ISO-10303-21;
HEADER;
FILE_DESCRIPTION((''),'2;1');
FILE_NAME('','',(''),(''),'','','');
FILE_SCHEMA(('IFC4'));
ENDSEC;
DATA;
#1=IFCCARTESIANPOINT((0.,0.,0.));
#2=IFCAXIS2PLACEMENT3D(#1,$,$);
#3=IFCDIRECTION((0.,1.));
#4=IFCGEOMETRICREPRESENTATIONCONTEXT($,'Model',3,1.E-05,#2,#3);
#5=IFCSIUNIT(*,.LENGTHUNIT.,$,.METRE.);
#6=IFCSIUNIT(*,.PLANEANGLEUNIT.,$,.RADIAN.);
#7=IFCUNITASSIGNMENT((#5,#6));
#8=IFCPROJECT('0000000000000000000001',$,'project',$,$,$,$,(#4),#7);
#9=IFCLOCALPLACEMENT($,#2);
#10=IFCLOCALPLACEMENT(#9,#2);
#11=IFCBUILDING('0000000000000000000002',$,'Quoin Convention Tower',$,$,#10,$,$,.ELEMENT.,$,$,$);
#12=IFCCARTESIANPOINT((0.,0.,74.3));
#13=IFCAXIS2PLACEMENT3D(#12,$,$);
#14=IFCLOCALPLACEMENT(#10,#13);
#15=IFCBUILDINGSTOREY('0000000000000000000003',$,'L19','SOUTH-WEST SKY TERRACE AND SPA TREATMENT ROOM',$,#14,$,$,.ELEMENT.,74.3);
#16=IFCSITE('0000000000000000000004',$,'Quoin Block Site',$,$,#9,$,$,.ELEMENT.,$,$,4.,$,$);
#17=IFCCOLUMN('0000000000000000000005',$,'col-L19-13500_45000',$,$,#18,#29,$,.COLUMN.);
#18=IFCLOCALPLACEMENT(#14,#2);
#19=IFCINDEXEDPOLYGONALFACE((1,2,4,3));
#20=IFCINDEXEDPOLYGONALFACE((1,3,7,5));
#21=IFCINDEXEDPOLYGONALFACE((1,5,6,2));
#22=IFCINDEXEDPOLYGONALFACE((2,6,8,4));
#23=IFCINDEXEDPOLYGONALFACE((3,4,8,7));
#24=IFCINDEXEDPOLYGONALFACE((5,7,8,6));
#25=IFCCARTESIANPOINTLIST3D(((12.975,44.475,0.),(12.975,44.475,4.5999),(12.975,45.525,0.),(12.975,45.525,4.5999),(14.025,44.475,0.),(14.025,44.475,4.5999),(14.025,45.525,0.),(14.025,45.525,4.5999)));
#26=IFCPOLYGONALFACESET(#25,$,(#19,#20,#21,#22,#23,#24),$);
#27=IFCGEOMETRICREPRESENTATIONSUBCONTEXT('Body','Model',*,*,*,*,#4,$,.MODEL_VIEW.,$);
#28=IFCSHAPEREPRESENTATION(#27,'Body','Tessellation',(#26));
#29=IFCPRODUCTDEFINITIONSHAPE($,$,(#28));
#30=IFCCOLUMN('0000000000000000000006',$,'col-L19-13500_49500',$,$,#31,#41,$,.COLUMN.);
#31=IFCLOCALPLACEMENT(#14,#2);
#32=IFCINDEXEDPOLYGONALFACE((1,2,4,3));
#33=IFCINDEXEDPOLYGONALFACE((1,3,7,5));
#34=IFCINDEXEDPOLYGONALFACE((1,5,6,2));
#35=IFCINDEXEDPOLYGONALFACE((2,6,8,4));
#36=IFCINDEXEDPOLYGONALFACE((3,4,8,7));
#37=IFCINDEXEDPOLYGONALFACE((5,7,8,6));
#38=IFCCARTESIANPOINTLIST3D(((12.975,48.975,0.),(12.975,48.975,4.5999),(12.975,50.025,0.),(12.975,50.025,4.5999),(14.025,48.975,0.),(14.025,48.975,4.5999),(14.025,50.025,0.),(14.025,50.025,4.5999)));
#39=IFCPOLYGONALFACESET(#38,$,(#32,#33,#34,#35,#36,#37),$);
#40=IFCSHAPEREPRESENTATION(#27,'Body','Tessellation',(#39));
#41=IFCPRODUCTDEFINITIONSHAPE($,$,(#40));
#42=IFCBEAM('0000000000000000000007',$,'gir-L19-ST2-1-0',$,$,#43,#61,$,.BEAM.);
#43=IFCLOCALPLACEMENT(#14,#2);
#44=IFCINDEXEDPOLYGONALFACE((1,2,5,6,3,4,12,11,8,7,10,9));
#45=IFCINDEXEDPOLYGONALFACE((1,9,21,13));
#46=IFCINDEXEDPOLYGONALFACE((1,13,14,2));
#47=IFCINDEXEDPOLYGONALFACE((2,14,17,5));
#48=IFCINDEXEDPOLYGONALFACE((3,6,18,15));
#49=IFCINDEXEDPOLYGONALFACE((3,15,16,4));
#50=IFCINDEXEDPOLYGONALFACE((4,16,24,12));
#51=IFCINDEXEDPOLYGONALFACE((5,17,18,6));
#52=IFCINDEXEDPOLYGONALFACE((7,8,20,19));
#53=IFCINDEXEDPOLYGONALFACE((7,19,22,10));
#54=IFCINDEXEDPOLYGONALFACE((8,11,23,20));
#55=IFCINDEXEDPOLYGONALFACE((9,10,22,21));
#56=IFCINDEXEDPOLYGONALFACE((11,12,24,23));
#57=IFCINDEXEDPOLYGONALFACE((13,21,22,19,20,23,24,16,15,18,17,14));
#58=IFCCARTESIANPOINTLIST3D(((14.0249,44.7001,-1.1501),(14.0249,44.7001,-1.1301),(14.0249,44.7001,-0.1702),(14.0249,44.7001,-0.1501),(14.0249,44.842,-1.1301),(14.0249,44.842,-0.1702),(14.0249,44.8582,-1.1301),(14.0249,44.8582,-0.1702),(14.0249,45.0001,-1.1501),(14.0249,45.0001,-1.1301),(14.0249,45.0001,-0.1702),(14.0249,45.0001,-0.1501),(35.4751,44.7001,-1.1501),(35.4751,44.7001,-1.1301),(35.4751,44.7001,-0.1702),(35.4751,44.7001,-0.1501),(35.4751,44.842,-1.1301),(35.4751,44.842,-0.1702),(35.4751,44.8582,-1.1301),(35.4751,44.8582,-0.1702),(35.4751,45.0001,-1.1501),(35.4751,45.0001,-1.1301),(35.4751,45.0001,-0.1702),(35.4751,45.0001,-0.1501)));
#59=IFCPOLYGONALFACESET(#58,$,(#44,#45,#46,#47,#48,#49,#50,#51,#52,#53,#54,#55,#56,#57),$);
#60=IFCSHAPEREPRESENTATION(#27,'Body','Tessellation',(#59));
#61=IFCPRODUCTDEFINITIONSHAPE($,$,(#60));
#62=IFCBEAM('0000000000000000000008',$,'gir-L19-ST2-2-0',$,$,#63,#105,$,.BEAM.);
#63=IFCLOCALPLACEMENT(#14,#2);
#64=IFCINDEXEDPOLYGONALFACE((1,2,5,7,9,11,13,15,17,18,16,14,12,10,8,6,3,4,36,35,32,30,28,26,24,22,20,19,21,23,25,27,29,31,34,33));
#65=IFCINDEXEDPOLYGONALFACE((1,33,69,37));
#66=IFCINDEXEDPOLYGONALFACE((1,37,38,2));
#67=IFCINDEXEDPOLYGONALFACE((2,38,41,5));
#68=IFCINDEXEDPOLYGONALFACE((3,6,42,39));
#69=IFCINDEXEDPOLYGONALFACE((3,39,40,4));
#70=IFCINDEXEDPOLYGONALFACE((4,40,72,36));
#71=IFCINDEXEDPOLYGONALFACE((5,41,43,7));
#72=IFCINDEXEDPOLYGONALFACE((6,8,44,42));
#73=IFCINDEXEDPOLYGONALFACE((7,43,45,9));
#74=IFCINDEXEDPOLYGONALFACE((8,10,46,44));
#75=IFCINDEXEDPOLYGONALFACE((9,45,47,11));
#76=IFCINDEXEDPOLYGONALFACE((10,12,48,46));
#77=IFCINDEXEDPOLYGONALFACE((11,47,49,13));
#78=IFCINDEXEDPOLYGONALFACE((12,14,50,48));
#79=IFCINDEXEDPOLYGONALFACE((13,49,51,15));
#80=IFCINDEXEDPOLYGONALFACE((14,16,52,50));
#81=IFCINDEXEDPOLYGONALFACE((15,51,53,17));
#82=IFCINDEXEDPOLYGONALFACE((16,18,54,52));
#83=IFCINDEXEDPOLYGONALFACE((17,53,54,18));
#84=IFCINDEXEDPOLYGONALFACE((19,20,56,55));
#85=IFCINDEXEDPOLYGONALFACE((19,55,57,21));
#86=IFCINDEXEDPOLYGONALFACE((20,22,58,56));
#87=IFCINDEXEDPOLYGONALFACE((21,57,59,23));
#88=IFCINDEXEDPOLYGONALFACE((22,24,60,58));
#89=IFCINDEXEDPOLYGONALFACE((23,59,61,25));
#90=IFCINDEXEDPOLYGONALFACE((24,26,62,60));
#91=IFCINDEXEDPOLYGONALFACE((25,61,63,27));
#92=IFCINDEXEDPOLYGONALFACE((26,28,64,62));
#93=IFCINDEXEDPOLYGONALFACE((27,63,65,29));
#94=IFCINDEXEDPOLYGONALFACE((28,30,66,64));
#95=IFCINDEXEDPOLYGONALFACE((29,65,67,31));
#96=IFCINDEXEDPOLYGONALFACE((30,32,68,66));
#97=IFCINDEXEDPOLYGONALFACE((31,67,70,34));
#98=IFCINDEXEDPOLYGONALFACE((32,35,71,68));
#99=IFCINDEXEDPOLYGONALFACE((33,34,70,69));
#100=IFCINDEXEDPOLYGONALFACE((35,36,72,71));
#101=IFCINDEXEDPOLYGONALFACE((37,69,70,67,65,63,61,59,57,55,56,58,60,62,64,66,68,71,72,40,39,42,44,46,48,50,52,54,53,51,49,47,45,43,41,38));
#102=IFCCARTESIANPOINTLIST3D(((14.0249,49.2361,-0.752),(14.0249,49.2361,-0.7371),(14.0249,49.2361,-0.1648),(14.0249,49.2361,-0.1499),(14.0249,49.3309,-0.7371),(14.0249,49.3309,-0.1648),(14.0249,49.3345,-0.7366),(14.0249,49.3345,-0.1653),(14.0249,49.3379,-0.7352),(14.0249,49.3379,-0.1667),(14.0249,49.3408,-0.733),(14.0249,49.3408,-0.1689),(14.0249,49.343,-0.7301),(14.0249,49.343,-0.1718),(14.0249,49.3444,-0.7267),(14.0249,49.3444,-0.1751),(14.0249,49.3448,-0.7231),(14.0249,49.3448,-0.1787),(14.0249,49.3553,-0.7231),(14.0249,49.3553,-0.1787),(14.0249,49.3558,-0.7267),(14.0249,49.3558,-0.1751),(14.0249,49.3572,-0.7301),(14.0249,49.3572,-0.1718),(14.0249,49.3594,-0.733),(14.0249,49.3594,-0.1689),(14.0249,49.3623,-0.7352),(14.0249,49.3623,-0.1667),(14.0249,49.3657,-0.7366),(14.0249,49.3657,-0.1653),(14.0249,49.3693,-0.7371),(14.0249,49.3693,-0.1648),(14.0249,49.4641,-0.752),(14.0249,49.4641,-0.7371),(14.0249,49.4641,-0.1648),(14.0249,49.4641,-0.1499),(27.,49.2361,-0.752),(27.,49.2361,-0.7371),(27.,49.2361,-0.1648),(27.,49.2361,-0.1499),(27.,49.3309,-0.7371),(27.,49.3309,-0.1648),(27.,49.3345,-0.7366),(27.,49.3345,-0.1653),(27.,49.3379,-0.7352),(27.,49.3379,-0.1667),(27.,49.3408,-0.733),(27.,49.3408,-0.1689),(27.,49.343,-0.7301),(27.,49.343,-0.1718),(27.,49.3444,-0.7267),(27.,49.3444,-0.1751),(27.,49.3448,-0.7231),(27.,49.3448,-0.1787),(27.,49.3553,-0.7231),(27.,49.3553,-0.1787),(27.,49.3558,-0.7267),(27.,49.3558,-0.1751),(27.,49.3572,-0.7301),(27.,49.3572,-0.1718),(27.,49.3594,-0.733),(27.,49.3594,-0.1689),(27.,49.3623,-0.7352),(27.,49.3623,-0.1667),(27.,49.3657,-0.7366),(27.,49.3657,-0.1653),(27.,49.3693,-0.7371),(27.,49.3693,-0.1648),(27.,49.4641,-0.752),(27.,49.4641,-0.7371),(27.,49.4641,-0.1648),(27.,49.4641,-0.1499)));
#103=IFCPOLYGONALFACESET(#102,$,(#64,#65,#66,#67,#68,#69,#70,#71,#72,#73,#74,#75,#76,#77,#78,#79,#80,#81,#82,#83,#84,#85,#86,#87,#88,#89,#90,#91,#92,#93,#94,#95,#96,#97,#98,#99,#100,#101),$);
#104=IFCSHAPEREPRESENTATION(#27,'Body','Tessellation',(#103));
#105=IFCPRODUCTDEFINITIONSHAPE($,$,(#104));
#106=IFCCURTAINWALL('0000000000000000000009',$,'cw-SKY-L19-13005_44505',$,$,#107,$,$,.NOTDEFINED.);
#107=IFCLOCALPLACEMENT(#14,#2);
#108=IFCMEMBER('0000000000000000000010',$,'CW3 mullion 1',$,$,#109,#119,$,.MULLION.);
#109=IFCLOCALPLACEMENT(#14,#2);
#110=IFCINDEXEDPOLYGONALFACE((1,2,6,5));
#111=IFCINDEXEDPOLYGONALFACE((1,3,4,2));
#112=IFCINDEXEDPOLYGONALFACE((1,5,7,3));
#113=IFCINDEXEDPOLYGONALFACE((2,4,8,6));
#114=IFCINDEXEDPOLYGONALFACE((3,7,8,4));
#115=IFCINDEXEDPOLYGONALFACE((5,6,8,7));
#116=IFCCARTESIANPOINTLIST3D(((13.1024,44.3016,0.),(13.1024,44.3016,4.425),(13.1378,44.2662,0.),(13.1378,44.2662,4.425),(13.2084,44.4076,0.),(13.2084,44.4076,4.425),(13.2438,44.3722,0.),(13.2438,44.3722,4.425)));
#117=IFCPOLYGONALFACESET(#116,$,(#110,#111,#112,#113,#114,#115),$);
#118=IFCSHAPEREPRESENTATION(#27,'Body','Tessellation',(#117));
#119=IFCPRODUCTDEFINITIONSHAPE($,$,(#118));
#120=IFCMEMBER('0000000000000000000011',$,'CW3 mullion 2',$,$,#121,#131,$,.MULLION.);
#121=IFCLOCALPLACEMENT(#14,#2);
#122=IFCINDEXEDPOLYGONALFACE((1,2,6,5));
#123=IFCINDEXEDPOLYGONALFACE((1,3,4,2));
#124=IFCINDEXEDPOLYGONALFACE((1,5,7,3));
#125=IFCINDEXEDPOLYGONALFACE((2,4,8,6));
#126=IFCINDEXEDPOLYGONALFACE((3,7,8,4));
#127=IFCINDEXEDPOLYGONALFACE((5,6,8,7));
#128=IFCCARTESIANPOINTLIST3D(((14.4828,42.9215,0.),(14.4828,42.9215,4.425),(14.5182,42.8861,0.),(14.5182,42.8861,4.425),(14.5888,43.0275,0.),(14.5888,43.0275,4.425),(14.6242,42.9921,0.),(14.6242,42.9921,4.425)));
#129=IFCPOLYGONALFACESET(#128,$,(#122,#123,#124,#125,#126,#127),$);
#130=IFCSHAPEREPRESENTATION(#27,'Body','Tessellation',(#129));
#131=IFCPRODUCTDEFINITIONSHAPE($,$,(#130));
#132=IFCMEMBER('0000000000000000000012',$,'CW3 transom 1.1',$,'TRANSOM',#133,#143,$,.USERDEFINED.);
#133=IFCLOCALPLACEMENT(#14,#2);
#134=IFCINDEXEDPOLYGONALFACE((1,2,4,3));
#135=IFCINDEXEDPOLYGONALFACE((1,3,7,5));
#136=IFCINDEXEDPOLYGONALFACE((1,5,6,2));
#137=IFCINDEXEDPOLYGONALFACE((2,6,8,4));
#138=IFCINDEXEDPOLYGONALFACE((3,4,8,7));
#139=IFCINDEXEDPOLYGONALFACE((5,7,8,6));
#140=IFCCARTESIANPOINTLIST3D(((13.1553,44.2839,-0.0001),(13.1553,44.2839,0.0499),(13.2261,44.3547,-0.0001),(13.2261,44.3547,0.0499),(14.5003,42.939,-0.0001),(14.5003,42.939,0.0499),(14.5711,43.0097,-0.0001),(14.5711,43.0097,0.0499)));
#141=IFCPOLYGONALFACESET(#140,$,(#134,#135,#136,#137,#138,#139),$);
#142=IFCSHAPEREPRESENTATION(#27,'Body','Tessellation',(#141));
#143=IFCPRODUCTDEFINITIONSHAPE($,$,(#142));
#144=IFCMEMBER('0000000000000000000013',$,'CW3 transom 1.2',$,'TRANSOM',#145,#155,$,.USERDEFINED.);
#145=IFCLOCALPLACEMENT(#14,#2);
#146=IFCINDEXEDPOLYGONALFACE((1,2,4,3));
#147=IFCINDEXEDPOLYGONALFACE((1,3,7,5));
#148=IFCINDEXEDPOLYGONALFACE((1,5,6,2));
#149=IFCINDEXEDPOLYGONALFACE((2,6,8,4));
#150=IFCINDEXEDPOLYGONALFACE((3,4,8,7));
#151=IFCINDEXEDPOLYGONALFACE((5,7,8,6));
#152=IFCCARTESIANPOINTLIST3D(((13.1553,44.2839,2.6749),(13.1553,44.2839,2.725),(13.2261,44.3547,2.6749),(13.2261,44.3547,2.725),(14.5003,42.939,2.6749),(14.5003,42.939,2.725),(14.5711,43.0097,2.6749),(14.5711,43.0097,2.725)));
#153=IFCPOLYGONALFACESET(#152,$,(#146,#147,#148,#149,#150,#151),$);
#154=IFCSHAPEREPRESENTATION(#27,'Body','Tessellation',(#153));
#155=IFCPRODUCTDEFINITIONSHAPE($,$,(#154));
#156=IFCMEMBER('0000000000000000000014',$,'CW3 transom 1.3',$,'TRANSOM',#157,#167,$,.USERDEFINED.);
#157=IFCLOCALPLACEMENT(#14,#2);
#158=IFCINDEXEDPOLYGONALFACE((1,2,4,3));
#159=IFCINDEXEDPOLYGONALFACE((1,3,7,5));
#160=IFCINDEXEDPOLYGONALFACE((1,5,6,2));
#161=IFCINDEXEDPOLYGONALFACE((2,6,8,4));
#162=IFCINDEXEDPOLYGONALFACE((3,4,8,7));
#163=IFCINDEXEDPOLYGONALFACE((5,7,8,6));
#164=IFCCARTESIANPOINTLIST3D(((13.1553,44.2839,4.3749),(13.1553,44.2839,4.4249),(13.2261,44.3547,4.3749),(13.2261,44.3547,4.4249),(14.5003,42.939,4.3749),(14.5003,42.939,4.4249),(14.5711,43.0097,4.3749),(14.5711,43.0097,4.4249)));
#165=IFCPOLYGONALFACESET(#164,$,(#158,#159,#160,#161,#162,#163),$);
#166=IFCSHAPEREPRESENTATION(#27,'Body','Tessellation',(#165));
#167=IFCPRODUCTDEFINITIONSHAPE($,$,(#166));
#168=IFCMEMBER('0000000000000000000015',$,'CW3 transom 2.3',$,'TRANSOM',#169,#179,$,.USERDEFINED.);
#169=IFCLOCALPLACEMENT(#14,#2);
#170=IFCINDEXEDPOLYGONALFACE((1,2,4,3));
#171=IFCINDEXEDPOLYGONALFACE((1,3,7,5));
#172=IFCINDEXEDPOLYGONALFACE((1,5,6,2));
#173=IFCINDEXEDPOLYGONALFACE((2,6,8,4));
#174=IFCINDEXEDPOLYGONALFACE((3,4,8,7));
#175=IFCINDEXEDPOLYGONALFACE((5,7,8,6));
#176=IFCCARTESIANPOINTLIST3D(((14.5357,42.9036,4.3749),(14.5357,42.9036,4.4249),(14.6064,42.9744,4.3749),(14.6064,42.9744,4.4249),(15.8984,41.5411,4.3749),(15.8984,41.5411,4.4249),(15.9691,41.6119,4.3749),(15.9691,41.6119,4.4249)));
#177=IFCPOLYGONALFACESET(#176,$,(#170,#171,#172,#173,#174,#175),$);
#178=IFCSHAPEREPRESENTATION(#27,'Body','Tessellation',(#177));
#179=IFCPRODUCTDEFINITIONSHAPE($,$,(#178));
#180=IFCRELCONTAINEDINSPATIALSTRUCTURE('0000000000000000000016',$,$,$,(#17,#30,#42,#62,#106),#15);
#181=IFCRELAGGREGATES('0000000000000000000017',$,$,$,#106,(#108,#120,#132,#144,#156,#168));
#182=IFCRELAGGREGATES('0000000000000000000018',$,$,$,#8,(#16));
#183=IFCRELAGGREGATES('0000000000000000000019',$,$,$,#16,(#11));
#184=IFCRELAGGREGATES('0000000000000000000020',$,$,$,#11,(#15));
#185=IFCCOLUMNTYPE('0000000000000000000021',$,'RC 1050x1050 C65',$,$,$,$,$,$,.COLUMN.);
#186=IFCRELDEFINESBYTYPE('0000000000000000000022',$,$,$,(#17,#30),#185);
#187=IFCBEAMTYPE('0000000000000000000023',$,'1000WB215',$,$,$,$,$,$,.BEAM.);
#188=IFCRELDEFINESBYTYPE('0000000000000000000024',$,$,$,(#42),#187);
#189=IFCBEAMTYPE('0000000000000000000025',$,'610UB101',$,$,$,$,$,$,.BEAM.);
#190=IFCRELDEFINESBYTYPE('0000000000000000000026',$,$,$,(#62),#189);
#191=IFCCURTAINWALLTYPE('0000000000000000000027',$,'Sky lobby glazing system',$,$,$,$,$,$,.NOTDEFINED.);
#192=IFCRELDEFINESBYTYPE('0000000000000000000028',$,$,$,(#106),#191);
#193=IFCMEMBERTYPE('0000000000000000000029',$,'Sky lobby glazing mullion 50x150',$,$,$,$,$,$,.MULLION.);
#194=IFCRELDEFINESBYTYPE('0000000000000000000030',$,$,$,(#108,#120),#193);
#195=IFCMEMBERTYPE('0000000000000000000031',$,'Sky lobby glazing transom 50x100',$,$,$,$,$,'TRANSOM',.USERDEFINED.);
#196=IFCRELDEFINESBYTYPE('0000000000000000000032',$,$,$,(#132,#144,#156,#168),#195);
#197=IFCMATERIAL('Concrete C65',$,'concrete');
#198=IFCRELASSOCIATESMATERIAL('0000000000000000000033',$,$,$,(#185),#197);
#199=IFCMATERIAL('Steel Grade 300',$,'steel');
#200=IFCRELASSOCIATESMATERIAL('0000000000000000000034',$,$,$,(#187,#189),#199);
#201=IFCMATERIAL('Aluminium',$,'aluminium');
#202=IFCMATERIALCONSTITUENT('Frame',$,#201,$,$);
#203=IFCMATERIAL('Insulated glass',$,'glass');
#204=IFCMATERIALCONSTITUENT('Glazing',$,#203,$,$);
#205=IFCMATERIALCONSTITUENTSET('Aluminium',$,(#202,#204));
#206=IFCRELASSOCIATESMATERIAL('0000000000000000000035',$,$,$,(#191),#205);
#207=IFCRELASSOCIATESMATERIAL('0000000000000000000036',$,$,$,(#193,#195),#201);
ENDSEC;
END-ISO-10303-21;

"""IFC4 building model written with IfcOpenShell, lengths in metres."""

from ifc_helpers import new_model, si_unit, direction, frame, origin, origin_2d, place, context, subcontext, project, spatial, rectangle, i_section, extrude, material, constituent, constituent_set, material_profile, profile_set, type_object, element, aggregate, save


model = new_model("IFC4")

# Units and contexts
model_context = context("Model", 3, precision=1e-05, world=origin(), true_north=direction((0.0, 1.0)))
body_context = subcontext(model_context, "Body", "Model", "MODEL_VIEW")
ifc_project = project(units=[si_unit("LENGTHUNIT", "METRE"), si_unit("PLANEANGLEUNIT", "RADIAN")], contexts=[model_context])

# Site, building, storey
site_placement = place(None, origin())
site = spatial("IfcSite", under=ifc_project, at=site_placement, Name="Quoin Block Site", CompositionType="ELEMENT", RefElevation=4.0)
building_placement = place(site_placement, origin())
building = spatial("IfcBuilding", under=site, at=building_placement, Name="Quoin Convention Tower", CompositionType="ELEMENT")
storey_placement = place(building_placement, frame((0.0, 0.0, 74.3)))
storey = spatial("IfcBuildingStorey", under=building, at=storey_placement, Name="L19", Description="SOUTH-WEST SKY TERRACE AND SPA TREATMENT ROOM", CompositionType="ELEMENT", Elevation=74.3)

# Columns
ifc_material_1 = material(Name="Concrete C65", Category="concrete")
ifc_material_profile_1 = material_profile(ifc_material_1, rectangle(XDim=1.05, YDim=1.05, at=origin_2d()), Name="RC 1050x1050")
ifc_profile_set_1 = profile_set([ifc_material_profile_1], Name="Concrete C65")
column_type = type_object("IfcColumnType", Name="RC 1050x1050 C65", PredefinedType="COLUMN", material=ifc_profile_set_1)
for number, where, z_axis, x_axis, name in (
    (1, (13.5, 45.0, 0.0), (0.0, 0.0, 1.0), (1.0, 0.0, 0.0), "col-L19-13500_45000"),
    (2, (13.5, 49.5, 0.0), (0.0, 0.0, 1.0), (1.0, 0.0, 0.0), "col-L19-13500_49500"),
):
    element("IfcColumn", number, at=place(storey_placement, frame(where, z_axis=z_axis, x_axis=x_axis)), inside=storey, type_object=column_type, Name=name, PredefinedType="COLUMN", context=body_context, shape_type="SweptSolid", body=[
        extrude(rectangle(XDim=1.05, YDim=1.05, at=origin_2d()), origin(), (0.0, 0.0, 1.0), 4.5999),
    ])

# Beams
ifc_material_2 = material(Name="Steel Grade 300", Category="steel")
ifc_material_profile_2 = material_profile(ifc_material_2, i_section(OverallWidth=0.3, OverallDepth=1.0, WebThickness=0.0161, FlangeThickness=0.02, at=origin_2d()), Name="1000WB215")
ifc_profile_set_2 = profile_set([ifc_material_profile_2], Name="Steel Grade 300")
beam_type_1 = type_object("IfcBeamType", Name="1000WB215", PredefinedType="BEAM", material=ifc_profile_set_2)
beam_1_placement = place(storey_placement, frame((14.0249, 44.8501, -0.6501), z_axis=(1.0, 0.0, 0.0), x_axis=(0.0, 1.0, 0.0)))
element("IfcBeam", 3, at=beam_1_placement, inside=storey, type_object=beam_type_1, Name="gir-L19-ST2-1-0", PredefinedType="BEAM", context=body_context, shape_type="SweptSolid", body=[
    extrude(i_section(OverallWidth=0.3, OverallDepth=1.0, WebThickness=0.0161, FlangeThickness=0.02, at=origin_2d()), origin(), (0.0, 0.0, 1.0), 21.4502),
])
ifc_material_profile_3 = material_profile(ifc_material_2, i_section(OverallWidth=0.228, OverallDepth=0.6021, WebThickness=0.0105, FlangeThickness=0.0149, FilletRadius=0.0139, at=origin_2d()), Name="610UB101")
ifc_profile_set_3 = profile_set([ifc_material_profile_3], Name="Steel Grade 300")
beam_type_2 = type_object("IfcBeamType", Name="610UB101", PredefinedType="BEAM", material=ifc_profile_set_3)
beam_2_placement = place(storey_placement, frame((14.0249, 49.3501, -0.4509), z_axis=(1.0, 0.0, 0.0), x_axis=(0.0, 1.0, 0.0)))
element("IfcBeam", 4, at=beam_2_placement, inside=storey, type_object=beam_type_2, Name="gir-L19-ST2-2-0", PredefinedType="BEAM", context=body_context, shape_type="SweptSolid", body=[
    extrude(i_section(OverallWidth=0.228, OverallDepth=0.6021, WebThickness=0.0105, FlangeThickness=0.0149, FilletRadius=0.0139, at=origin_2d()), origin(), (0.0, 0.0, 1.0), 12.9751),
])

# Curtain wall, members
ifc_material_3 = material(Name="Aluminium", Category="aluminium")
ifc_constituent_1 = constituent(ifc_material_3, Name="Frame")
ifc_material_4 = material(Name="Insulated glass", Category="glass")
ifc_constituent_2 = constituent(ifc_material_4, Name="Glazing")
ifc_constituent_set = constituent_set(constituents=[ifc_constituent_1, ifc_constituent_2], Name="Aluminium")
curtain_wall_type = type_object("IfcCurtainWallType", Name="Sky lobby glazing system", PredefinedType="NOTDEFINED", material=ifc_constituent_set)
curtain_wall_placement = place(storey_placement, origin())
curtain_wall = element("IfcCurtainWall", 5, at=curtain_wall_placement, inside=storey, type_object=curtain_wall_type, Name="cw-SKY-L19-13005_44505", PredefinedType="NOTDEFINED")
ifc_material_profile_4 = material_profile(ifc_material_3, rectangle(XDim=0.1499, YDim=0.05, at=origin_2d()), Name="Sky lobby glazing mullion 50x150")
ifc_profile_set_4 = profile_set([ifc_material_profile_4], Name="Aluminium")
member_type_1 = type_object("IfcMemberType", Name="Sky lobby glazing mullion 50x150", PredefinedType="MULLION", material=ifc_profile_set_4)
member_1_placement = place(storey_placement, frame((13.1731, 44.3369, 0.0), z_axis=(0.0, 0.0, 1.0), x_axis=(0.707098, 0.707115, 0.0)))
member_1 = element("IfcMember", 6, at=member_1_placement, type_object=member_type_1, Name="CW3 mullion 1", PredefinedType="MULLION", context=body_context, shape_type="SweptSolid", body=[
    extrude(rectangle(XDim=0.1499, YDim=0.05, at=origin_2d()), origin(), (0.0, 0.0, 1.0), 4.425),
])
member_2_placement = place(storey_placement, frame((14.5535, 42.9568, 0.0), z_axis=(0.0, 0.0, 1.0), x_axis=(0.707098, 0.707115, 0.0)))
member_2 = element("IfcMember", 7, at=member_2_placement, type_object=member_type_1, Name="CW3 mullion 2", PredefinedType="MULLION", context=body_context, shape_type="SweptSolid", body=[
    extrude(rectangle(XDim=0.1499, YDim=0.05, at=origin_2d()), origin(), (0.0, 0.0, 1.0), 4.425),
])
ifc_material_profile_5 = material_profile(ifc_material_3, rectangle(XDim=0.1001, YDim=0.05, at=origin_2d()), Name="Sky lobby glazing transom 50x100")
ifc_profile_set_5 = profile_set([ifc_material_profile_5], Name="Aluminium")
member_type_2 = type_object("IfcMemberType", Name="Sky lobby glazing transom 50x100", ElementType="TRANSOM", PredefinedType="USERDEFINED", material=ifc_profile_set_5)
member_3_placement = place(storey_placement, frame((13.1907, 44.3193, 0.0249), z_axis=(0.707107, -0.707107, 0.0), x_axis=(0.707107, 0.707107, 0.0)))
member_3 = element("IfcMember", 8, at=member_3_placement, type_object=member_type_2, Name="CW3 transom 1.1", ObjectType="TRANSOM", PredefinedType="USERDEFINED", context=body_context, shape_type="SweptSolid", body=[
    extrude(rectangle(XDim=0.1001, YDim=0.05, at=origin_2d()), origin(), (0.0, 0.0, 1.0), 1.9021),
])
member_4_placement = place(storey_placement, frame((13.1907, 44.3193, 2.7), z_axis=(0.707107, -0.707107, 0.0), x_axis=(0.707107, 0.707107, 0.0)))
member_4 = element("IfcMember", 9, at=member_4_placement, type_object=member_type_2, Name="CW3 transom 1.2", ObjectType="TRANSOM", PredefinedType="USERDEFINED", context=body_context, shape_type="SweptSolid", body=[
    extrude(rectangle(XDim=0.1001, YDim=0.05, at=origin_2d()), origin(), (0.0, 0.0, 1.0), 1.9021),
])
member_5_placement = place(storey_placement, frame((13.1907, 44.3193, 4.3999), z_axis=(0.707107, -0.707107, 0.0), x_axis=(0.707107, 0.707107, 0.0)))
member_5 = element("IfcMember", 10, at=member_5_placement, type_object=member_type_2, Name="CW3 transom 1.3", ObjectType="TRANSOM", PredefinedType="USERDEFINED", context=body_context, shape_type="SweptSolid", body=[
    extrude(rectangle(XDim=0.1001, YDim=0.05, at=origin_2d()), origin(), (0.0, 0.0, 1.0), 1.9021),
])
member_6_placement = place(storey_placement, frame((14.571, 42.939, 4.3999), z_axis=(0.70717, -0.707043, 0.0), x_axis=(0.707043, 0.70717, 0.0)))
member_6 = element("IfcMember", 11, at=member_6_placement, type_object=member_type_2, Name="CW3 transom 2.3", ObjectType="TRANSOM", PredefinedType="USERDEFINED", context=body_context, shape_type="SweptSolid", body=[
    extrude(rectangle(XDim=0.1001, YDim=0.05, at=origin_2d()), origin(), (0.0, 0.0, 1.0), 1.927),
])
aggregate(curtain_wall, [member_1, member_2, member_3, member_4, member_5, member_6])

save(model, "model.ifc")
